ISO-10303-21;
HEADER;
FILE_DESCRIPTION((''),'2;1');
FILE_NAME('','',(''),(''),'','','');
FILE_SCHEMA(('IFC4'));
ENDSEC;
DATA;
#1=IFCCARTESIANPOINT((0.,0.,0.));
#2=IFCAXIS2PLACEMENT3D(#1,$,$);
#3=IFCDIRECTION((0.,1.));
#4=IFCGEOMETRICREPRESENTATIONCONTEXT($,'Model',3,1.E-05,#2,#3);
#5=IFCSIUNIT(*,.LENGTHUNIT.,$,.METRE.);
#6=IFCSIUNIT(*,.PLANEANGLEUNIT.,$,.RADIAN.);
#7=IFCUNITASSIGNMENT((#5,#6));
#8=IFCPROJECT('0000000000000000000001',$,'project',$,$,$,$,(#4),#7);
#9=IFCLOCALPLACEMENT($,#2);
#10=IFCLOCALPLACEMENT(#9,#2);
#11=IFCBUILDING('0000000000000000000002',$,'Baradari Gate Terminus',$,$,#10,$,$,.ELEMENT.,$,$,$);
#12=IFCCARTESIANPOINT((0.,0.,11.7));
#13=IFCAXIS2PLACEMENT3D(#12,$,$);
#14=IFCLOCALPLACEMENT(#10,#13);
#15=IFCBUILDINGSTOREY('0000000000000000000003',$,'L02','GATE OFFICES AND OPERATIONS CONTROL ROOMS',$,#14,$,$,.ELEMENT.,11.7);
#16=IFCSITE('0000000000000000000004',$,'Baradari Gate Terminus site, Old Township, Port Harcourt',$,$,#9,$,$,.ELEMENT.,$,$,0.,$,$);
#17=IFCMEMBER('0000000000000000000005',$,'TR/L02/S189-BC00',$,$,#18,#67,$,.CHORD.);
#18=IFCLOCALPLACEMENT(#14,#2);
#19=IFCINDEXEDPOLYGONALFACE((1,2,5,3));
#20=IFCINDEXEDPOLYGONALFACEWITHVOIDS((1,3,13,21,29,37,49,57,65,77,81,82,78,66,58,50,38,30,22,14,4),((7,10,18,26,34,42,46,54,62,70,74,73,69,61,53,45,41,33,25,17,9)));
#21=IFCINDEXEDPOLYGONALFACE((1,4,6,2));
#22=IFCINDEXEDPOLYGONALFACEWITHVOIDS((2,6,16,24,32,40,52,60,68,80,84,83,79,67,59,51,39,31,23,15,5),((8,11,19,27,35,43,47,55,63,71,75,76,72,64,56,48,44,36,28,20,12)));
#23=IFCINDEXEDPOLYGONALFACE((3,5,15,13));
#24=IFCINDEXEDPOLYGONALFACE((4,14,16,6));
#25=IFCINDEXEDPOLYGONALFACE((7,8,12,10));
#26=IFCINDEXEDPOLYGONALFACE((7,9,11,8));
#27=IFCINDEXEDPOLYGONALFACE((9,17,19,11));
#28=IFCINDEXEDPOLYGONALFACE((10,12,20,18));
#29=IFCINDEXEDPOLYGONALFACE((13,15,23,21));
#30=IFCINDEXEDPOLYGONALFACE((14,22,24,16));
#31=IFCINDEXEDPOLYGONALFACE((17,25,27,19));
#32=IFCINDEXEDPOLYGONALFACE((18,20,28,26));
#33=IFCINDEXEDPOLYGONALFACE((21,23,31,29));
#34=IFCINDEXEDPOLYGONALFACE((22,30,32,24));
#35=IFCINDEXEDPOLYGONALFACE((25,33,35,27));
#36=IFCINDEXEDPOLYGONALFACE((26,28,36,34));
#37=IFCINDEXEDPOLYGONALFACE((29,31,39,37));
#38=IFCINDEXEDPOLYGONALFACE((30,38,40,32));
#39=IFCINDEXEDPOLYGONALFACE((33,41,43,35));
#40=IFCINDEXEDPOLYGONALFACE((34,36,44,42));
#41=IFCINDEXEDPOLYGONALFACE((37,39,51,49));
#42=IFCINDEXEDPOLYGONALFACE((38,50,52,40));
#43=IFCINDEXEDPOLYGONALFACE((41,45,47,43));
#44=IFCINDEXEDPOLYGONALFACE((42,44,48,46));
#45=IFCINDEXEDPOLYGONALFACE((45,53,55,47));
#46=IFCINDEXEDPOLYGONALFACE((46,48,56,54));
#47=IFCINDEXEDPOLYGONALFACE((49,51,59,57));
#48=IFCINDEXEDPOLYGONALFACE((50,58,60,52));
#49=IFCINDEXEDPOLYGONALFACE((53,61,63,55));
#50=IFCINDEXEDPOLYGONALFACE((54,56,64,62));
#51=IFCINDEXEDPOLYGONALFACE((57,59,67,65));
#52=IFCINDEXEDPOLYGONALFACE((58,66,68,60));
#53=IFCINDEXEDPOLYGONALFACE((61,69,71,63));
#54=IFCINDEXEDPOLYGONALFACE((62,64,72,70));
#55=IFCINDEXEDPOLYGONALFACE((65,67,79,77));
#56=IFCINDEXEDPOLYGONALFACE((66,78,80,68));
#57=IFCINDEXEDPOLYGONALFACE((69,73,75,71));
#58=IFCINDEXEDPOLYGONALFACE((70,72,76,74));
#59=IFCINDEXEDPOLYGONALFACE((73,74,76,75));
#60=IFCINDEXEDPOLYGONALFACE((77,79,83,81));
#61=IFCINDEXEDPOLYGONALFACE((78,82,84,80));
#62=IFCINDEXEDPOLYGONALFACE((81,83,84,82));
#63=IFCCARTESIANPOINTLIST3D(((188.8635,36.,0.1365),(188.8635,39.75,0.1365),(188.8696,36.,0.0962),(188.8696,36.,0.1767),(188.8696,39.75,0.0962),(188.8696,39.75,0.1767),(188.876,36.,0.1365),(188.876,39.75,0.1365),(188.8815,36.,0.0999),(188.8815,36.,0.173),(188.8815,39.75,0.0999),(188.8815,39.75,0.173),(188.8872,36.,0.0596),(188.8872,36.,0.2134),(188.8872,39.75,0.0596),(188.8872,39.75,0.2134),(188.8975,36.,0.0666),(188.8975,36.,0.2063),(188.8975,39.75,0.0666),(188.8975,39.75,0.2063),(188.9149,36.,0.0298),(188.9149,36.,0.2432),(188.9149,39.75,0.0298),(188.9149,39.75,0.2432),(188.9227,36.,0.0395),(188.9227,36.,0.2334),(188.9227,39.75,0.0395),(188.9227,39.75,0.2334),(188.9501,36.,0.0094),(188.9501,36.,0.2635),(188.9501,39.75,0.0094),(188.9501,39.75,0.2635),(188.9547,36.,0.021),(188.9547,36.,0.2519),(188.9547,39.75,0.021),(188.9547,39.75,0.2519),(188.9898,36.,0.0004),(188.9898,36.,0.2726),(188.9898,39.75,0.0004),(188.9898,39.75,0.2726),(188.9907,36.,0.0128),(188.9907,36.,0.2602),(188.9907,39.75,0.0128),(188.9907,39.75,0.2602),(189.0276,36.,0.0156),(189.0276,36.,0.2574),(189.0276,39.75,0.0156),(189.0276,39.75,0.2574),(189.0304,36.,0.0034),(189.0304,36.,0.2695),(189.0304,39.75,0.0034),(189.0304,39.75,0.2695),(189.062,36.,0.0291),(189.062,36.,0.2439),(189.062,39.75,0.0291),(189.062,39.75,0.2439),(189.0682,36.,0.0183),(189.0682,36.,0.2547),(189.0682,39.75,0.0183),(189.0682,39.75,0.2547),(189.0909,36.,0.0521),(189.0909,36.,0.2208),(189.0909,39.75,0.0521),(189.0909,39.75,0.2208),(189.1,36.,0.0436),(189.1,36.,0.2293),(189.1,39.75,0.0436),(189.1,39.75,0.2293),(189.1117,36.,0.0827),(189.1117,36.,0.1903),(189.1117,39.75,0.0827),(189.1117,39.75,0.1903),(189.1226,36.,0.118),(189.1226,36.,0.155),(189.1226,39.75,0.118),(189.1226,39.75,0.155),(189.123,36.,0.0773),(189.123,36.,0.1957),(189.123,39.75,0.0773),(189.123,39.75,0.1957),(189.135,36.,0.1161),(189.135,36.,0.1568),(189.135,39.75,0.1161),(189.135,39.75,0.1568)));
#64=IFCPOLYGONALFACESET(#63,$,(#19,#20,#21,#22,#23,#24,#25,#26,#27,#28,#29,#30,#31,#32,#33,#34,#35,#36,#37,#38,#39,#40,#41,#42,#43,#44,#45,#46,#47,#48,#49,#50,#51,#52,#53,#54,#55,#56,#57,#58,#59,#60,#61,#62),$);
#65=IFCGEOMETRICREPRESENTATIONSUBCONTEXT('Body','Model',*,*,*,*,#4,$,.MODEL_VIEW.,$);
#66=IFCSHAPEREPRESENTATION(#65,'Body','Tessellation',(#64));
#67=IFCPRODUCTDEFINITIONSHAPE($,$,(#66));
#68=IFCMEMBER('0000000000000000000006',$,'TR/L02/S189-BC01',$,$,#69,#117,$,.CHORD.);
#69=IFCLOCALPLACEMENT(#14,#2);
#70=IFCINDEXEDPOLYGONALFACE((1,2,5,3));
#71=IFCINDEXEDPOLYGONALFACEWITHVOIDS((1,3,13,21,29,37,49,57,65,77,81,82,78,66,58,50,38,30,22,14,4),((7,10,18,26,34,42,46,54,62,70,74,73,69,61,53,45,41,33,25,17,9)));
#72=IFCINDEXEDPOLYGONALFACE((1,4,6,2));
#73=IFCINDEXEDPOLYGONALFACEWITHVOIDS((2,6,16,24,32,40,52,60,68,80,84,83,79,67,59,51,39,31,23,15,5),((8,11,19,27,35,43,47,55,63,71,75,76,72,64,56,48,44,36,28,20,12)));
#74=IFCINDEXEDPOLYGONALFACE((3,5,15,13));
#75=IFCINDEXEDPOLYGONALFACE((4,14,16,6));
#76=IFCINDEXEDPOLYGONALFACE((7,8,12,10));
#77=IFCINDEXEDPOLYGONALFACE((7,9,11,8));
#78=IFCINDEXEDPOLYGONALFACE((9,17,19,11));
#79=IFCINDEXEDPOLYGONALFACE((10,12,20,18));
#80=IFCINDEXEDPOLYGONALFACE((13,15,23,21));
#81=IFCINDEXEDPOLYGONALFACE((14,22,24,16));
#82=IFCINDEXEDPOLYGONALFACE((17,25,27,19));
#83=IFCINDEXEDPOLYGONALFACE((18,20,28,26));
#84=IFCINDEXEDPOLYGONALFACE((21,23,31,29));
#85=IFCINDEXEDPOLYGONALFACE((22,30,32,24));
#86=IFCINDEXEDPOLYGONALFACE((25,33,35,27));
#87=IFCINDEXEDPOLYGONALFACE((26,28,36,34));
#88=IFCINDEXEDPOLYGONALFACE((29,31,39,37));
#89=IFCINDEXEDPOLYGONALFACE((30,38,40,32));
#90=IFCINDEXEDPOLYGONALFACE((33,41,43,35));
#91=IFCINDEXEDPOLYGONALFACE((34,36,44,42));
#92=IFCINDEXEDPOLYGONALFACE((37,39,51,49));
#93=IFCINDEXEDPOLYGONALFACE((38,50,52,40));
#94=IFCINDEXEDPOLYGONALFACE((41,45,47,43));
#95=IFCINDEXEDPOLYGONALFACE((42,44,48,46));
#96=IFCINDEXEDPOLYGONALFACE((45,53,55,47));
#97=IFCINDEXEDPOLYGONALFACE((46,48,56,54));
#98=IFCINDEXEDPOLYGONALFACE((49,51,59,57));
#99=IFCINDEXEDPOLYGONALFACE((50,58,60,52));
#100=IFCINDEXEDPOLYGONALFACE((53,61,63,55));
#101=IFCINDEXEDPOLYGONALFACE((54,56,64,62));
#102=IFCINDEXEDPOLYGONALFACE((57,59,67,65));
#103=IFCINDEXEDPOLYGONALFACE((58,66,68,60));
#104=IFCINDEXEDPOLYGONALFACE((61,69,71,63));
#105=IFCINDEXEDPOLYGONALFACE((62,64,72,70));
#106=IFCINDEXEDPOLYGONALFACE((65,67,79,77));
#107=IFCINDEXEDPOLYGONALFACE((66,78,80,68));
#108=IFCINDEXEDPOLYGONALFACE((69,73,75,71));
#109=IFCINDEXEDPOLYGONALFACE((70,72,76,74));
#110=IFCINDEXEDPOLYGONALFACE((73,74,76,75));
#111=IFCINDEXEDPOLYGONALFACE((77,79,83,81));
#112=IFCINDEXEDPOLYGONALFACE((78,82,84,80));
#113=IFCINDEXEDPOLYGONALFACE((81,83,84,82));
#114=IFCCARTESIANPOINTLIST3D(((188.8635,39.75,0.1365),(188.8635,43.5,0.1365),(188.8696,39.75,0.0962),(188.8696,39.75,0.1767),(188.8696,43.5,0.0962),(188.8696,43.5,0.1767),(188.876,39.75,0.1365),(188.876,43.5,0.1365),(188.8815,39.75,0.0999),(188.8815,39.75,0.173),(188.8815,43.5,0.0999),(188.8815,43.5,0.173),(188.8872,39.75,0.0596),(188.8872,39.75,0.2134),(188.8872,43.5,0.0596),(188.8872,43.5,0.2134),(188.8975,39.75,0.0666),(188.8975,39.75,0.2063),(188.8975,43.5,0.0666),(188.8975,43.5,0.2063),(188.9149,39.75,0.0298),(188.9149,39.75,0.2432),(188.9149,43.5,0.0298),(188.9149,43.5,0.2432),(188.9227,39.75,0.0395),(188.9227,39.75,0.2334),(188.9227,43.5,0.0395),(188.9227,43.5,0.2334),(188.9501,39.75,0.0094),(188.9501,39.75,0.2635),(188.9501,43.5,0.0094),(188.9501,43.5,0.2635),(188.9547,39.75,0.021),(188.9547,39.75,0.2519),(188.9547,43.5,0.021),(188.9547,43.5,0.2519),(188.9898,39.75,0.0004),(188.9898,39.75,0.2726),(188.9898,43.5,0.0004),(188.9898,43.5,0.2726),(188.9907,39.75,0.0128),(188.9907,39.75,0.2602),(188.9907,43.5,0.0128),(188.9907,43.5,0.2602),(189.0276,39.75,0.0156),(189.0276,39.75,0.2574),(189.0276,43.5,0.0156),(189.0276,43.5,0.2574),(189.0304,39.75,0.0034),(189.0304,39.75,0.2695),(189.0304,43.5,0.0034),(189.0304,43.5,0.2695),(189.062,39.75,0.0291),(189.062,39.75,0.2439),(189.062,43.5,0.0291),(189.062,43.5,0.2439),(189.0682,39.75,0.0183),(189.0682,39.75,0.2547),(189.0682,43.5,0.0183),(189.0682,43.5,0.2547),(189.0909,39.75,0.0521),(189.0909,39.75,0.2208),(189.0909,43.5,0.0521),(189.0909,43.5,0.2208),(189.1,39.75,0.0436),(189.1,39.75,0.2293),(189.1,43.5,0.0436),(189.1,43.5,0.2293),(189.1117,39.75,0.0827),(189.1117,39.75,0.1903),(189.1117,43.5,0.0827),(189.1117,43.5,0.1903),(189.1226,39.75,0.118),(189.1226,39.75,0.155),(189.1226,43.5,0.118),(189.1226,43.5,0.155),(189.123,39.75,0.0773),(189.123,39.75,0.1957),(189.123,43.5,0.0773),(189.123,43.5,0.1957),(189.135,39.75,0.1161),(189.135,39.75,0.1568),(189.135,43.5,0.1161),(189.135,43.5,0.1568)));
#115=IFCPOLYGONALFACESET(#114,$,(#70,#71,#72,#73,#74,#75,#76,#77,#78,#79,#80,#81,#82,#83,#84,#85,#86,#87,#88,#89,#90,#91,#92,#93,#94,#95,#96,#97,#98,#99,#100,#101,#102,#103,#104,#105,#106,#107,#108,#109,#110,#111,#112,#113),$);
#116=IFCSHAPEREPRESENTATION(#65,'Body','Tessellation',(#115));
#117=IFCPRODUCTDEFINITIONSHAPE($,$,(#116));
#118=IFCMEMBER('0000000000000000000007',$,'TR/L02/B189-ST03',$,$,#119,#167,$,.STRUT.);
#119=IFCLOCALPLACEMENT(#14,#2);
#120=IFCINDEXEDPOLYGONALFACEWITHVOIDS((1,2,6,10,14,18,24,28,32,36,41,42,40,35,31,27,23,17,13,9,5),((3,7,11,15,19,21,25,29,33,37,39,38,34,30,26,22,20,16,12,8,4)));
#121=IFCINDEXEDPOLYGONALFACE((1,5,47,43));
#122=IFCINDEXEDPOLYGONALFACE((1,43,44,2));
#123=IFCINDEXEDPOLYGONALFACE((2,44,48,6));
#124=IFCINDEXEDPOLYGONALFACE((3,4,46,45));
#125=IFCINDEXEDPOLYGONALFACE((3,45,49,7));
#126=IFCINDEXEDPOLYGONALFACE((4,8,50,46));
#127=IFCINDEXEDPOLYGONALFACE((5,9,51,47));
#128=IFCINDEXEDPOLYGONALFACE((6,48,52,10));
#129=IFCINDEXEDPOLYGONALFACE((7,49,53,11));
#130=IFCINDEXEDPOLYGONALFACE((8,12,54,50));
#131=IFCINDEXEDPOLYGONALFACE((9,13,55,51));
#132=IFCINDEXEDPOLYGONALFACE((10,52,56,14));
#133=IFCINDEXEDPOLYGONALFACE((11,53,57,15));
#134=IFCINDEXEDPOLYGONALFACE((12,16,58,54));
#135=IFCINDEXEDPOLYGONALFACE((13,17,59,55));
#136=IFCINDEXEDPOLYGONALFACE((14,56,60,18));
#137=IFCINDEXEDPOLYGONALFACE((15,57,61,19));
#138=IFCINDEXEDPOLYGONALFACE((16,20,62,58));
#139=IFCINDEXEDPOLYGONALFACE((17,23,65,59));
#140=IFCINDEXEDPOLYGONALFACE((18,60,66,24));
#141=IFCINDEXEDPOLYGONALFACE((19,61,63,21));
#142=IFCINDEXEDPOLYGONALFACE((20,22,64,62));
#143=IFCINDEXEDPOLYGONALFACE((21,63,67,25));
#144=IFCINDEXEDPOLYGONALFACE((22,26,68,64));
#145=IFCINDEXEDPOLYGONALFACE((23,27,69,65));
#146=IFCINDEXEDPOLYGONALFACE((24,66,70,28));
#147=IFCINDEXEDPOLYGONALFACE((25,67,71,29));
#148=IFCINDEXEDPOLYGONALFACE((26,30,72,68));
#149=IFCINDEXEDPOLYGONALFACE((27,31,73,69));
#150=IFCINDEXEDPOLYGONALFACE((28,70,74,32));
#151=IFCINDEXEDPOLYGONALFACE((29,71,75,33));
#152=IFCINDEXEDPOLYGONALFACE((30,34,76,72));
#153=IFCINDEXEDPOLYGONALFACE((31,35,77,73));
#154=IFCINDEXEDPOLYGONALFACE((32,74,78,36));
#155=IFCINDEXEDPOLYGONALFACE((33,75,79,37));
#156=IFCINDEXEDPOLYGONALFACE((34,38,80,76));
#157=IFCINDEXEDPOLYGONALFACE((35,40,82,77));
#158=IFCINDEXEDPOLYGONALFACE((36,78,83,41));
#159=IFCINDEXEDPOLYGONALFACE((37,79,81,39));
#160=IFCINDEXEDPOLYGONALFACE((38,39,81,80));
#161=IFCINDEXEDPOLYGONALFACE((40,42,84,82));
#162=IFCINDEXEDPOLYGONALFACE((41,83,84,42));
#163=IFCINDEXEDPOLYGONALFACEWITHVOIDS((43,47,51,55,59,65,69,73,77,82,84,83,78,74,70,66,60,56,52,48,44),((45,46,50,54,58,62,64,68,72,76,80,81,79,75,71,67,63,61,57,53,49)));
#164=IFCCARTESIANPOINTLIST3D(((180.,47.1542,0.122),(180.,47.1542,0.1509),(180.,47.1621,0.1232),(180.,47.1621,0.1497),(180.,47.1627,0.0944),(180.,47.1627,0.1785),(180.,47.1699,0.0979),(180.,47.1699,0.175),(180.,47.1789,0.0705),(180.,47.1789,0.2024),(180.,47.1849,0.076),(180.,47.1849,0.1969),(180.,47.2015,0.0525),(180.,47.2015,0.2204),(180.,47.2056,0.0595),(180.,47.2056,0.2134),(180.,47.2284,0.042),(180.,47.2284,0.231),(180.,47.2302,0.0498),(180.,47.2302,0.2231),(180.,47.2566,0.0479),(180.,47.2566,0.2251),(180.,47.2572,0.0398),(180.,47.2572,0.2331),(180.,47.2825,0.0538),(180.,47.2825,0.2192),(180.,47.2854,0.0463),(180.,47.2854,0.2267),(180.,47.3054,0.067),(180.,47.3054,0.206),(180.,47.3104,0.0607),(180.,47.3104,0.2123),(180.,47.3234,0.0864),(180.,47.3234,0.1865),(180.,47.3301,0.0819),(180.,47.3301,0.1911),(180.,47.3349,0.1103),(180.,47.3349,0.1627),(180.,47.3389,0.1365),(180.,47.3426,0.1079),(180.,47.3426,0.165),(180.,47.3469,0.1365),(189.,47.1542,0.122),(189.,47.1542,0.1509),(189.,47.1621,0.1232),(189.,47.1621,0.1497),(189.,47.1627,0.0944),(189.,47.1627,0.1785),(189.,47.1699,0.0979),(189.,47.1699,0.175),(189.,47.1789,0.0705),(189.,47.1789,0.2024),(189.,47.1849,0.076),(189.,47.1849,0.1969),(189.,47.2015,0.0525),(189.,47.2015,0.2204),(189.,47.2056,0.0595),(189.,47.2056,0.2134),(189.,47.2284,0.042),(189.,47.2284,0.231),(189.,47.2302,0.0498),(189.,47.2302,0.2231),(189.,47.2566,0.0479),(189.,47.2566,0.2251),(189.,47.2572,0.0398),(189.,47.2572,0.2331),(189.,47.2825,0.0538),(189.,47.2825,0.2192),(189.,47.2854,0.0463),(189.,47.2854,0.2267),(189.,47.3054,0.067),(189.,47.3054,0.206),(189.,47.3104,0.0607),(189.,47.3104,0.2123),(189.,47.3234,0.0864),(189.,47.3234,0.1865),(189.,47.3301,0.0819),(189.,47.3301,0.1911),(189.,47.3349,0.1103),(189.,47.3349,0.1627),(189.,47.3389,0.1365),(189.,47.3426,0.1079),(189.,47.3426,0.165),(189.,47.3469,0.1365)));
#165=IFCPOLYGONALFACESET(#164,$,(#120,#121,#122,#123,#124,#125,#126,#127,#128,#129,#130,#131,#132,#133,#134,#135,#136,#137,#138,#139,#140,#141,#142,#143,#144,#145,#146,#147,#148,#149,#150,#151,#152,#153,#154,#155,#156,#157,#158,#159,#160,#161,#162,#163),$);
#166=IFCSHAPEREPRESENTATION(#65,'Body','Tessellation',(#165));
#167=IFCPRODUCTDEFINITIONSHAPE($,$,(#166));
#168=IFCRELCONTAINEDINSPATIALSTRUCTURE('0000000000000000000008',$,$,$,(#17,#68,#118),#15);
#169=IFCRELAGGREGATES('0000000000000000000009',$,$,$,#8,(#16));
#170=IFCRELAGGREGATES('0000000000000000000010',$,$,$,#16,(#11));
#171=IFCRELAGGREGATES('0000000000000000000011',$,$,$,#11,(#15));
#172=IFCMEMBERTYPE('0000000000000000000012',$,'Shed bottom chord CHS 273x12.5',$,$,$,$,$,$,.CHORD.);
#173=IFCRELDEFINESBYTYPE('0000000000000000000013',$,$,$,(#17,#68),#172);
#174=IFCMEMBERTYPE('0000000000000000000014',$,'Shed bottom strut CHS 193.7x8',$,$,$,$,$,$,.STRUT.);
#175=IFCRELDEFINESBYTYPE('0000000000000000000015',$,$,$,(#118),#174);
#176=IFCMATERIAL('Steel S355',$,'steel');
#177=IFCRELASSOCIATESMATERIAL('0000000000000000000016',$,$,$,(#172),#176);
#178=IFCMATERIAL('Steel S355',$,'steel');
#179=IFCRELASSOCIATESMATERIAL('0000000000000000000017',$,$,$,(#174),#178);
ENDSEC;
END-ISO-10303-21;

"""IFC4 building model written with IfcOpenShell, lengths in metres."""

from ifc_helpers import new_model, si_unit, direction, frame, origin, origin_2d, place, context, subcontext, project, spatial, hollow_circle, extrude, material, material_profile, profile_set, type_object, element, save


model = new_model("IFC4")

# Units and contexts
model_context = context("Model", 3, precision=1e-05, world=origin(), true_north=direction((0.0, 1.0)))
body_context = subcontext(model_context, "Body", "Model", "MODEL_VIEW")
ifc_project = project(units=[si_unit("LENGTHUNIT", "METRE"), si_unit("PLANEANGLEUNIT", "RADIAN")], contexts=[model_context])

# Site, building, storey
site_placement = place(None, origin())
site = spatial("IfcSite", under=ifc_project, at=site_placement, Name="Baradari Gate Terminus site, Old Township, Port Harcourt", CompositionType="ELEMENT", RefElevation=0.0)
building_placement = place(site_placement, origin())
building = spatial("IfcBuilding", under=site, at=building_placement, Name="Baradari Gate Terminus", CompositionType="ELEMENT")
storey_placement = place(building_placement, frame((0.0, 0.0, 11.7)))
storey = spatial("IfcBuildingStorey", under=building, at=storey_placement, Name="L02", Description="GATE OFFICES AND OPERATIONS CONTROL ROOMS", CompositionType="ELEMENT", Elevation=11.7)

# Members
ifc_material_1 = material(Name="Steel S355", Category="steel")
ifc_material_profile_1 = material_profile(ifc_material_1, hollow_circle(Radius=0.1365, WallThickness=0.0125, at=origin_2d()), Name="CHS 273x12.5")
ifc_profile_set_1 = profile_set([ifc_material_profile_1], Name="Steel S355")
member_type_1 = type_object("IfcMemberType", Name="Shed bottom chord CHS 273x12.5", PredefinedType="CHORD", material=ifc_profile_set_1)
for number, where, z_axis, x_axis, name in (
    (1, (189.0, 36.0, 0.1365), (0.0, 1.0, 0.0), (-1.0, 0.0, 0.0), "TR/L02/S189-BC00"),
    (2, (189.0, 39.75, 0.1365), (0.0, 1.0, 0.0), (-1.0, 0.0, 0.0), "TR/L02/S189-BC01"),
):
    element("IfcMember", number, at=place(storey_placement, frame(where, z_axis=z_axis, x_axis=x_axis)), inside=storey, type_object=member_type_1, Name=name, PredefinedType="CHORD", context=body_context, shape_type="SweptSolid", body=[
        extrude(hollow_circle(Radius=0.1365, WallThickness=0.0125, at=origin_2d()), origin(), (0.0, 0.0, 1.0), 3.75),
    ])
ifc_material_2 = material(Name="Steel S355", Category="steel")
ifc_material_profile_2 = material_profile(ifc_material_2, hollow_circle(Radius=0.0969, WallThickness=0.0081, at=origin_2d()), Name="CHS 193.7x8")
ifc_profile_set_2 = profile_set([ifc_material_profile_2], Name="Steel S355")
member_type_2 = type_object("IfcMemberType", Name="Shed bottom strut CHS 193.7x8", PredefinedType="STRUT", material=ifc_profile_set_2)
member_1_placement = place(storey_placement, frame((180.0, 47.25, 0.1365), z_axis=(1.0, 0.0, 0.0), x_axis=(0.0, 1.0, 0.0)))
element("IfcMember", 3, at=member_1_placement, inside=storey, type_object=member_type_2, Name="TR/L02/B189-ST03", PredefinedType="STRUT", context=body_context, shape_type="SweptSolid", body=[
    extrude(hollow_circle(Radius=0.0969, WallThickness=0.0081, at=origin_2d()), origin(), (0.0, 0.0, 1.0), 9.0),
])

save(model, "model.ifc")
